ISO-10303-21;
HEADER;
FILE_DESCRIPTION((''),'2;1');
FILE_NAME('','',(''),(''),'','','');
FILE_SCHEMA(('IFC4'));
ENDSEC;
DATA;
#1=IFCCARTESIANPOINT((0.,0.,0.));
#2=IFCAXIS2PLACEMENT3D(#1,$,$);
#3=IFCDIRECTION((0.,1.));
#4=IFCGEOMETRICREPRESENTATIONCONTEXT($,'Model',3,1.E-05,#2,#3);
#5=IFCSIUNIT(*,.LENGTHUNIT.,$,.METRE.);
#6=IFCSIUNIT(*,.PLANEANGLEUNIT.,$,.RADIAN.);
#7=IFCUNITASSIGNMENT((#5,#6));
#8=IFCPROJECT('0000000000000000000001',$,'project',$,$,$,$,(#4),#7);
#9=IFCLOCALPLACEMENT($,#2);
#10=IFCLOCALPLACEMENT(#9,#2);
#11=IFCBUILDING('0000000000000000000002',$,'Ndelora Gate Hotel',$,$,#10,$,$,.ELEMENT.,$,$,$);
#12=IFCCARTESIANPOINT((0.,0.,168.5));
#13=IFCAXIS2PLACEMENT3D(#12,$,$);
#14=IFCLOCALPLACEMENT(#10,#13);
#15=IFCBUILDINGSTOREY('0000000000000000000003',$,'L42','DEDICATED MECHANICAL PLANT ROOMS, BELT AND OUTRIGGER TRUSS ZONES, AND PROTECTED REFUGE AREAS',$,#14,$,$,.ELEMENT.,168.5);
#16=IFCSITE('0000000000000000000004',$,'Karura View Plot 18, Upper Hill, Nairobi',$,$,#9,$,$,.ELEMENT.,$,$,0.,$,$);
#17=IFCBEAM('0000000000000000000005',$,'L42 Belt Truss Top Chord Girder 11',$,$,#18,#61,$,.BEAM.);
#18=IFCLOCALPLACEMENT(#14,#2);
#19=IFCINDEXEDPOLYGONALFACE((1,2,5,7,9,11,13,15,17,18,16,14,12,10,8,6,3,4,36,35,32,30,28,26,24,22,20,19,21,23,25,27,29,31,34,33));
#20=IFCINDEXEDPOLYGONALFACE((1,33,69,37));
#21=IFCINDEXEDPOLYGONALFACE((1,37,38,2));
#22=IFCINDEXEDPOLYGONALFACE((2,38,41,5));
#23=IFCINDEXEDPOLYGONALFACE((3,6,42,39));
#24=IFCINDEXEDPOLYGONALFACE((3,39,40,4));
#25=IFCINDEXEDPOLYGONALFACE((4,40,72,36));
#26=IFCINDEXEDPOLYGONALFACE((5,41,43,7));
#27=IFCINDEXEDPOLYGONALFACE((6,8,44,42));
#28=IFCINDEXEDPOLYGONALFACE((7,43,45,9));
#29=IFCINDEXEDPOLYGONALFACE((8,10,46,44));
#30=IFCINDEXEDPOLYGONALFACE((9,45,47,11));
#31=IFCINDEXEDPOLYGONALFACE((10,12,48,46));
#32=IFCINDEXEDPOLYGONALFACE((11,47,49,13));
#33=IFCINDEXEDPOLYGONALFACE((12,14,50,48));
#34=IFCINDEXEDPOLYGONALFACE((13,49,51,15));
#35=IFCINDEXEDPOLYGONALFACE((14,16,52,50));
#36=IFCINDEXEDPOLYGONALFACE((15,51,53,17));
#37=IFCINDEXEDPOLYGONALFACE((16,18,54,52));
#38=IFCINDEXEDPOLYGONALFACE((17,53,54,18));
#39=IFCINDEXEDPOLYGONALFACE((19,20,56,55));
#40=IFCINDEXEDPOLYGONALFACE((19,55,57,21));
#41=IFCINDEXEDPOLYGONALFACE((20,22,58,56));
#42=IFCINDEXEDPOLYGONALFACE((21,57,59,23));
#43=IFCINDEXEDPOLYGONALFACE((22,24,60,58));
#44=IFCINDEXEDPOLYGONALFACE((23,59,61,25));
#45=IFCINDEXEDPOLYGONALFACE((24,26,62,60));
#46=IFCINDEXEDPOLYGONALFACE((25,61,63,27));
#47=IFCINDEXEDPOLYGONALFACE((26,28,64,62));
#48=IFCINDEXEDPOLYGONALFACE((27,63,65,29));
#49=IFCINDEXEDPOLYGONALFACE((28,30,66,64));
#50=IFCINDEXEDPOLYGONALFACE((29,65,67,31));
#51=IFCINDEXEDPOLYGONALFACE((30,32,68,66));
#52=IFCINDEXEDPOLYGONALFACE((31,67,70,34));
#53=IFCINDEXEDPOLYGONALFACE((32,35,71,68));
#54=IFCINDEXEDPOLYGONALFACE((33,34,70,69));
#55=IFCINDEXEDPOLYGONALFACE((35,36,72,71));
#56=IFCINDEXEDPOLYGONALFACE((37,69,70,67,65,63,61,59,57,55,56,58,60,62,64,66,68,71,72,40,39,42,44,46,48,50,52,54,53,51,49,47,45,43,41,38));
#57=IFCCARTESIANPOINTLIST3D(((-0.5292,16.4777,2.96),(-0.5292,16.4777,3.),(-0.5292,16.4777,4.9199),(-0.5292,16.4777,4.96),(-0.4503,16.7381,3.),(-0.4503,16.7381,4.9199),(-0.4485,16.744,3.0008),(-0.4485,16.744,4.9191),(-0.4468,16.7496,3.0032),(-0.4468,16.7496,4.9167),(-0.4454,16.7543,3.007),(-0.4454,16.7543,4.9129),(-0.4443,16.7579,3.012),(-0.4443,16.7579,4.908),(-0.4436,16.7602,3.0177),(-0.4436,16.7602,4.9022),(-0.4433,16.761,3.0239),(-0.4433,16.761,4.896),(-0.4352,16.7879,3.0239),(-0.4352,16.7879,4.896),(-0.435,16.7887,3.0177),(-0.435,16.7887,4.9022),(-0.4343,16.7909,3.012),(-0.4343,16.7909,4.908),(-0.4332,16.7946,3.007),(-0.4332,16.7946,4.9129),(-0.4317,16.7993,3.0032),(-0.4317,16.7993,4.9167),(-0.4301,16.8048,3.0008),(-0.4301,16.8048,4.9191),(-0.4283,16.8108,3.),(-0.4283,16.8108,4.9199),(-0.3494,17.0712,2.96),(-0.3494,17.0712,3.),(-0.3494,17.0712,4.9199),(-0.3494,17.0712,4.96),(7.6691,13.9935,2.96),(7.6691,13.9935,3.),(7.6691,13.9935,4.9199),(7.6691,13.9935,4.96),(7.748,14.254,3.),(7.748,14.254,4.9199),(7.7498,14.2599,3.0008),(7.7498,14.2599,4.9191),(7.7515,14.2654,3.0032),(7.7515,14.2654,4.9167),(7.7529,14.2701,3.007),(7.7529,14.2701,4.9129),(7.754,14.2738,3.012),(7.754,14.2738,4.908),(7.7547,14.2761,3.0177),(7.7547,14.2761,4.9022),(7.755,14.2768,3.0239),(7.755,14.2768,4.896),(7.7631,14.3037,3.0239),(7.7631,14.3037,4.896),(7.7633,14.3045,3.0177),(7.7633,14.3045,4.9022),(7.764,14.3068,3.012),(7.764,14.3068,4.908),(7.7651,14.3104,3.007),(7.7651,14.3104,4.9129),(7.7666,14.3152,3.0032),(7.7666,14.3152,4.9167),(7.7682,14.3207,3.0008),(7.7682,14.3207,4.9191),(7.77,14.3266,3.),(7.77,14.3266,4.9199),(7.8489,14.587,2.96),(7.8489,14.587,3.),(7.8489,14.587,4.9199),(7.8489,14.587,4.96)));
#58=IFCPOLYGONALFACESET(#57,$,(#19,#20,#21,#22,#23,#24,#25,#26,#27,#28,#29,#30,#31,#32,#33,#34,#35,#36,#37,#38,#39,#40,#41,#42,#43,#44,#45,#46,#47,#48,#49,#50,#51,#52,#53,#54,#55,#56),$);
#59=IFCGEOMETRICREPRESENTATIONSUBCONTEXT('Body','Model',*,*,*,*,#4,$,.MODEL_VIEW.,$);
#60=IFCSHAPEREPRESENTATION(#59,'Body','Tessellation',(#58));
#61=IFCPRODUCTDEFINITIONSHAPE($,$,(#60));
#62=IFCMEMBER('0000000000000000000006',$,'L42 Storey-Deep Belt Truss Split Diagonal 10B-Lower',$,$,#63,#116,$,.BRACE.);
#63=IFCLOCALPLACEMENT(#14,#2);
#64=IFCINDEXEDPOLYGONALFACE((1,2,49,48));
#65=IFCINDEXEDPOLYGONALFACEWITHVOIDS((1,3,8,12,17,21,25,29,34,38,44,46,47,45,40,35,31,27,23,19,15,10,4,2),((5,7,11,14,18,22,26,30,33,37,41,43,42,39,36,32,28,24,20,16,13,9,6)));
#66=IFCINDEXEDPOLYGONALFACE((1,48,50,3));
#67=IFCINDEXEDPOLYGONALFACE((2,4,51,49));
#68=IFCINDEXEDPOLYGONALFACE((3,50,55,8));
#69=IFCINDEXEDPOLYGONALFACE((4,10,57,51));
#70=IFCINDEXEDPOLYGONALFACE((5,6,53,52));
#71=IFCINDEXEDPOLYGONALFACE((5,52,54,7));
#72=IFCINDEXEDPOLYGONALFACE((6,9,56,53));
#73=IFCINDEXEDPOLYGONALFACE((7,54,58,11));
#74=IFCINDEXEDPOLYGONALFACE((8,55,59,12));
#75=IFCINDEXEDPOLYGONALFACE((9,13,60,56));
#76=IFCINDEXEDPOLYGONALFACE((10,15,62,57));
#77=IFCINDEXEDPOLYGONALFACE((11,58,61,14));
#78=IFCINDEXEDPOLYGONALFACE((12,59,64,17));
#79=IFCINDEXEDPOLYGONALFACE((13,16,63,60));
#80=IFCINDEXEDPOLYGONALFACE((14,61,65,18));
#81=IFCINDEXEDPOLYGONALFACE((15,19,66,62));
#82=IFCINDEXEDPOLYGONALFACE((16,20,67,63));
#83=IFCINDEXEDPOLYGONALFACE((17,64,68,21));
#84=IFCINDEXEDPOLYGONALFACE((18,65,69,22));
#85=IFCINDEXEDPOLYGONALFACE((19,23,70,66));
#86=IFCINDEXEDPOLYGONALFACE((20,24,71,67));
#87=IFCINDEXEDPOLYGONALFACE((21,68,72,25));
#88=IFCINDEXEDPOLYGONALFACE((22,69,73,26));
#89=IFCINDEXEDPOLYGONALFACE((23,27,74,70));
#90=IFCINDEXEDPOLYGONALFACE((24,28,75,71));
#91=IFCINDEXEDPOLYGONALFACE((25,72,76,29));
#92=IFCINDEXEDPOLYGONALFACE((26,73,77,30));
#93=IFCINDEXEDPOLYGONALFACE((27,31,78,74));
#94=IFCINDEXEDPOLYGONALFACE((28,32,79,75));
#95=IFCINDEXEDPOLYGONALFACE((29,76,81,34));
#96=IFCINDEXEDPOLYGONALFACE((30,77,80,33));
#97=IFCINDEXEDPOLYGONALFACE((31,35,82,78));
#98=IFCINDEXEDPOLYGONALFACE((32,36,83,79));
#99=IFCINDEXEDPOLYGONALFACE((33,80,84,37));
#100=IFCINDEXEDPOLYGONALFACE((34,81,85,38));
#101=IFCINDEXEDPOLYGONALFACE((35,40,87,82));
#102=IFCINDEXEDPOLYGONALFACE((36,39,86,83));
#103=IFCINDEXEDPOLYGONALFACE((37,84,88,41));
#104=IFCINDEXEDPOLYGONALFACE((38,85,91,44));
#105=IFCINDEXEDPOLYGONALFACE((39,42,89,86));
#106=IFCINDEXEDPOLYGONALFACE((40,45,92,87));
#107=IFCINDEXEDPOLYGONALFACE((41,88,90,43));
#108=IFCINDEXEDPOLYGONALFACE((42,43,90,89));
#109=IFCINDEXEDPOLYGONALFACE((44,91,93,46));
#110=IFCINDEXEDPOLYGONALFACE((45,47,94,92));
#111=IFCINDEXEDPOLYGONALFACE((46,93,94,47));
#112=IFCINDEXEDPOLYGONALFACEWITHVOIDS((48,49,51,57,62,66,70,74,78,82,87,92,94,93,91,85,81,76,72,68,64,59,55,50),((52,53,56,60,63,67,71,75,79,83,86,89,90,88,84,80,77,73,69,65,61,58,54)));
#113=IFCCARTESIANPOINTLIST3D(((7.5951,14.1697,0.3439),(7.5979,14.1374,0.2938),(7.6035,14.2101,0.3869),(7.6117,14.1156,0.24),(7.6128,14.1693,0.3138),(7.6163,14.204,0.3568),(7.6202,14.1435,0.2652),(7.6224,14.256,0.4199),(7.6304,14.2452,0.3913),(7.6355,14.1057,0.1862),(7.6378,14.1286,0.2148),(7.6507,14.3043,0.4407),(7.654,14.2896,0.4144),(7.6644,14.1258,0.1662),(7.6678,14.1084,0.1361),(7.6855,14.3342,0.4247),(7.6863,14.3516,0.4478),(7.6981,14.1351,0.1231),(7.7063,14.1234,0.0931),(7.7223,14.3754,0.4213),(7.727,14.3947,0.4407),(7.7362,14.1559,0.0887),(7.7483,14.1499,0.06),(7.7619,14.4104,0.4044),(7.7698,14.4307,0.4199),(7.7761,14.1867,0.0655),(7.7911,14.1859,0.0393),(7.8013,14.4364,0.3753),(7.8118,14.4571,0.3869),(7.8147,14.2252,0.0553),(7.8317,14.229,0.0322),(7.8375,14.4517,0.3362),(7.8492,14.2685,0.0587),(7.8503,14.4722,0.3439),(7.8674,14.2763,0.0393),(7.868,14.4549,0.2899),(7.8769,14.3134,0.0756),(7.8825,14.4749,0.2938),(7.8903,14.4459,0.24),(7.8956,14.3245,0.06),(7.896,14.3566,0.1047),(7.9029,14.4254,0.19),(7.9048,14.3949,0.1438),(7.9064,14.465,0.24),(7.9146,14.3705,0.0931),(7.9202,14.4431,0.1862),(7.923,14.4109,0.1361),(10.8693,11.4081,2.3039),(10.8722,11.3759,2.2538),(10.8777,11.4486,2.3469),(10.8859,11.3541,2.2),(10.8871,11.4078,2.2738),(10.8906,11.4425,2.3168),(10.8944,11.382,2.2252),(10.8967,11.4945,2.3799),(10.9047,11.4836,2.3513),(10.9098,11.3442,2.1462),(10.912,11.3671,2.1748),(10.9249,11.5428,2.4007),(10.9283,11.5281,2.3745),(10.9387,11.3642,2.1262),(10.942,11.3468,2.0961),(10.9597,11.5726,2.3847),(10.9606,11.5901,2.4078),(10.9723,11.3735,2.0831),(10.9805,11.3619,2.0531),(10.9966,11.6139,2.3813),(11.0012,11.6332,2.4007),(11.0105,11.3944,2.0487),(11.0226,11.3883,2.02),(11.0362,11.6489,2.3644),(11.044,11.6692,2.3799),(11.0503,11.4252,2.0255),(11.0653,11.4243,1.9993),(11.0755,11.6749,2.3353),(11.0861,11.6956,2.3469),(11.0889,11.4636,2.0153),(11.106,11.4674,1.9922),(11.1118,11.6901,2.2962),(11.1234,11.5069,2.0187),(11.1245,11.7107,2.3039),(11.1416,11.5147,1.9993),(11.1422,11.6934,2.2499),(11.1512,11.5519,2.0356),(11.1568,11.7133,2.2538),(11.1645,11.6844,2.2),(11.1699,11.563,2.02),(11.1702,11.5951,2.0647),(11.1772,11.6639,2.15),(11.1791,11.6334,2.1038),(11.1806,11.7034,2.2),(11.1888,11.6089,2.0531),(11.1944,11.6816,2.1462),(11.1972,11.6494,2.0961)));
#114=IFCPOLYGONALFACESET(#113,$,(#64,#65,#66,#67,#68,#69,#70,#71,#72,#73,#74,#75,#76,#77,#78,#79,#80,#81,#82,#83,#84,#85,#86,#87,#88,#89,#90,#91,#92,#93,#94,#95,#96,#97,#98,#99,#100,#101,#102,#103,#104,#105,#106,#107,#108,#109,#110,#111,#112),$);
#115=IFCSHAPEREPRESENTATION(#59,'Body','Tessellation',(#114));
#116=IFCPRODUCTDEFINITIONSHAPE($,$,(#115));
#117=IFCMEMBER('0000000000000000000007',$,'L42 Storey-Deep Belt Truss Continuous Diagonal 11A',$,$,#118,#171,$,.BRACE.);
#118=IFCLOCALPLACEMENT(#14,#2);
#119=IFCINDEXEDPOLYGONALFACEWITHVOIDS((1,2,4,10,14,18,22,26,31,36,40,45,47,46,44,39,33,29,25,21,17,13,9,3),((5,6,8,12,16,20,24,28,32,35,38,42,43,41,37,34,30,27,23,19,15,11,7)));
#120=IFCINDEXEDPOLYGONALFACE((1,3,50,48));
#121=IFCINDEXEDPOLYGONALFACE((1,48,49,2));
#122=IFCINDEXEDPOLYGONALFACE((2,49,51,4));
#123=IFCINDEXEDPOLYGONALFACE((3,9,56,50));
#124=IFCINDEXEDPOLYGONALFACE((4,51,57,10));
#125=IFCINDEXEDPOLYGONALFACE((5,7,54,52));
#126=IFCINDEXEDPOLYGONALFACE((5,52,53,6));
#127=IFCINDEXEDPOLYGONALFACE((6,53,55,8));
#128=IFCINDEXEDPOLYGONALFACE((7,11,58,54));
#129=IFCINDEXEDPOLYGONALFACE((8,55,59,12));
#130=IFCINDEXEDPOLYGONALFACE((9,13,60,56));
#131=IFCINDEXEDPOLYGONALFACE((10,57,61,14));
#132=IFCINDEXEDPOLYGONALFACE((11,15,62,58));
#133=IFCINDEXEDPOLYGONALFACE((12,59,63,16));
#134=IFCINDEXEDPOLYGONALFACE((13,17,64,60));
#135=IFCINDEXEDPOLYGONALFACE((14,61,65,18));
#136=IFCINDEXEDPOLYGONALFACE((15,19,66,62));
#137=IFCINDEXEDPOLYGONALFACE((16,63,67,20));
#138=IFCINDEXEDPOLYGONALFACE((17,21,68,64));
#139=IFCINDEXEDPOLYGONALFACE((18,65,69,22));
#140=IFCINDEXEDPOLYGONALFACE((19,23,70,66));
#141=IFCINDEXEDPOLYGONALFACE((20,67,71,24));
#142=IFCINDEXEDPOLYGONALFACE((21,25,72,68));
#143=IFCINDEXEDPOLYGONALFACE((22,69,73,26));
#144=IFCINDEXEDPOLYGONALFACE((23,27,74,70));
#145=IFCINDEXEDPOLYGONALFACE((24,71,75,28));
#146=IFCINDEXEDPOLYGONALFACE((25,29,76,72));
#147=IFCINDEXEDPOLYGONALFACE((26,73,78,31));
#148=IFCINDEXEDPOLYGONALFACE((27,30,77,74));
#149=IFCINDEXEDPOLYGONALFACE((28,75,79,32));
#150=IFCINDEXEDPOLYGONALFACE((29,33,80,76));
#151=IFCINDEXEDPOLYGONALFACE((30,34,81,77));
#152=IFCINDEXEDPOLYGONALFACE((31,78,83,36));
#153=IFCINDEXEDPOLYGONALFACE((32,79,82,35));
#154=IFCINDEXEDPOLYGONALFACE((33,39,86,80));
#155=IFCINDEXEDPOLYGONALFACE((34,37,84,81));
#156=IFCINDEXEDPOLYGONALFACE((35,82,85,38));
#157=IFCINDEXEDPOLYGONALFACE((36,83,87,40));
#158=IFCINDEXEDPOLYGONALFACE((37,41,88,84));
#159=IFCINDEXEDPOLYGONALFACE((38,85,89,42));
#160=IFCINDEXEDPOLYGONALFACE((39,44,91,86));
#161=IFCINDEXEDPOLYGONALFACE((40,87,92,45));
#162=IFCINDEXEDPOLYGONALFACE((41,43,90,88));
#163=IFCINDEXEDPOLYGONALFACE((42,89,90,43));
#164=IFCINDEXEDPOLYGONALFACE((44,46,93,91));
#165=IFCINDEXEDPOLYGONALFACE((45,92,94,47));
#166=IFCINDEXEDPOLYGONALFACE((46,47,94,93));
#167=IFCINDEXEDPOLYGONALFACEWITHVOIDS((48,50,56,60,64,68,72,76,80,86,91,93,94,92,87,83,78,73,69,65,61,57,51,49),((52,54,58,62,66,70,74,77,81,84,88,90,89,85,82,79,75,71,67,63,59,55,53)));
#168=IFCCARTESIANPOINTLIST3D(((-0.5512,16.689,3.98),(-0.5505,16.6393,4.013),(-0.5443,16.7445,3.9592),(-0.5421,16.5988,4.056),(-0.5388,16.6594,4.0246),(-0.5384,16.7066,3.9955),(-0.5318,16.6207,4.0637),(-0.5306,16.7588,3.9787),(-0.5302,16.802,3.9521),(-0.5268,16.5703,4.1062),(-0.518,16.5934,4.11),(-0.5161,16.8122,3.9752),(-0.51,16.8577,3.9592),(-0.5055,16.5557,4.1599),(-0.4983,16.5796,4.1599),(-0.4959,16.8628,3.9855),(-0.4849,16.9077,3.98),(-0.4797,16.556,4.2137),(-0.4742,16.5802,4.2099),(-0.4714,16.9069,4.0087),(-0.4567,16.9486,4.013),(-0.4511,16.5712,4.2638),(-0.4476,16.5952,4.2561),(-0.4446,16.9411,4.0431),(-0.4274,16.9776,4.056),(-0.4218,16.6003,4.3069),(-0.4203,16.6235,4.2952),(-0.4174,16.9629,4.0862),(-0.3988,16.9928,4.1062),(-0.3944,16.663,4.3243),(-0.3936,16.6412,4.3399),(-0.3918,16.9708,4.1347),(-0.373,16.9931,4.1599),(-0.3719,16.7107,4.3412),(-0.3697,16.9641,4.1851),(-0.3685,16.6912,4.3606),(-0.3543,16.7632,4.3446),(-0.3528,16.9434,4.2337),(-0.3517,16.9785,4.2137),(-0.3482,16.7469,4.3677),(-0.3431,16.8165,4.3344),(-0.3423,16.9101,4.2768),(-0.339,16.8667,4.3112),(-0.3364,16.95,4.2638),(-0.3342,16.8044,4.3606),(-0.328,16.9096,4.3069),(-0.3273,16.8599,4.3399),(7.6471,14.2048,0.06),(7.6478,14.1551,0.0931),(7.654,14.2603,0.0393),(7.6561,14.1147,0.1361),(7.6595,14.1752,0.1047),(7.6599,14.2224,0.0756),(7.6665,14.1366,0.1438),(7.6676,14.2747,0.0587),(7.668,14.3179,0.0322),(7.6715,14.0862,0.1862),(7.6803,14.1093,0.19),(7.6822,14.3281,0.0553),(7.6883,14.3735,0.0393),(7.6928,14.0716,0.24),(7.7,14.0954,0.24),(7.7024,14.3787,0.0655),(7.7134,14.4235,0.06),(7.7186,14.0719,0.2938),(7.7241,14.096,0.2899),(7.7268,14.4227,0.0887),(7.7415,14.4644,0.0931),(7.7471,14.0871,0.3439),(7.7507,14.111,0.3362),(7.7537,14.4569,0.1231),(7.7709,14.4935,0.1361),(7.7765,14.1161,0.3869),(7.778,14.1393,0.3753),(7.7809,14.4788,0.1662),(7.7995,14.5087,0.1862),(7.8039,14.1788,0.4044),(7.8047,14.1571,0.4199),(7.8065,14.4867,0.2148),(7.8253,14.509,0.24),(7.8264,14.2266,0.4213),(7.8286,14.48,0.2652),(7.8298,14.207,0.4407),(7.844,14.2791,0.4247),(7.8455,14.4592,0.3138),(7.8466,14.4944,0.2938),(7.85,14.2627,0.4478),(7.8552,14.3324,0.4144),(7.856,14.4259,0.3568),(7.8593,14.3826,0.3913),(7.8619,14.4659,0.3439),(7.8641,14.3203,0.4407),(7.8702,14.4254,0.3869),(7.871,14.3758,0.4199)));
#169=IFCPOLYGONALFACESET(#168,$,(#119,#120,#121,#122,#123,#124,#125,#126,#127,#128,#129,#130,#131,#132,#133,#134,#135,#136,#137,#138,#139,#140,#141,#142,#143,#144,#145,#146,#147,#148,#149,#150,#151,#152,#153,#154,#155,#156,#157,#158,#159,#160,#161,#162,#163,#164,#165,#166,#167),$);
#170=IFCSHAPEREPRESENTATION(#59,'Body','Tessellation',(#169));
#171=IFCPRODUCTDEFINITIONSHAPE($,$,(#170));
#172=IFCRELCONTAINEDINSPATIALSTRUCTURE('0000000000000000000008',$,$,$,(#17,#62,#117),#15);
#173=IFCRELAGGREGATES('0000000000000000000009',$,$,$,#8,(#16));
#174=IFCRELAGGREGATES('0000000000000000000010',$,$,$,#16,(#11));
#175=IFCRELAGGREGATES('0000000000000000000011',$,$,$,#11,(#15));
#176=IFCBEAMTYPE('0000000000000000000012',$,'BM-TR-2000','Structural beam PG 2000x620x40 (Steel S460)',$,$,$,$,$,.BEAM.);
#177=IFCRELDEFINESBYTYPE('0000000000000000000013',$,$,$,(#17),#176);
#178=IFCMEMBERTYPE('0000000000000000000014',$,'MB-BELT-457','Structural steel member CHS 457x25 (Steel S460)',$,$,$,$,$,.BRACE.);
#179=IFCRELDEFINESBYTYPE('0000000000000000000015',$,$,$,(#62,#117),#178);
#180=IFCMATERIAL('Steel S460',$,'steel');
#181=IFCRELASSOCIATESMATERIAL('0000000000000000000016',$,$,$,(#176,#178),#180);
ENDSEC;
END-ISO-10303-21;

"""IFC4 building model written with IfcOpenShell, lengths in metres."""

from ifc_helpers import new_model, si_unit, direction, frame, origin, origin_2d, place, context, subcontext, project, spatial, hollow_circle, i_section, extrude, material, material_profile, profile_set, type_object, element, save


model = new_model("IFC4")

# Units and contexts
model_context = context("Model", 3, precision=1e-05, world=origin(), true_north=direction((0.0, 1.0)))
body_context = subcontext(model_context, "Body", "Model", "MODEL_VIEW")
ifc_project = project(units=[si_unit("LENGTHUNIT", "METRE"), si_unit("PLANEANGLEUNIT", "RADIAN")], contexts=[model_context])

# Site, building, storey
site_placement = place(None, origin())
site = spatial("IfcSite", under=ifc_project, at=site_placement, Name="Karura View Plot 18, Upper Hill, Nairobi", CompositionType="ELEMENT", RefElevation=0.0)
building_placement = place(site_placement, origin())
building = spatial("IfcBuilding", under=site, at=building_placement, Name="Ndelora Gate Hotel", CompositionType="ELEMENT")
storey_placement = place(building_placement, frame((0.0, 0.0, 168.5)))
storey = spatial("IfcBuildingStorey", under=building, at=storey_placement, Name="L42", Description="DEDICATED MECHANICAL PLANT ROOMS, BELT AND OUTRIGGER TRUSS ZONES, AND PROTECTED REFUGE AREAS", CompositionType="ELEMENT", Elevation=168.5)

# Beam
ifc_material_1 = material(Name="Steel S460", Category="steel")
ifc_material_profile_1 = material_profile(ifc_material_1, i_section(OverallWidth=0.6201, OverallDepth=2.0, WebThickness=0.0281, FlangeThickness=0.04, FilletRadius=0.0239, at=origin_2d()), Name="PG 2000x620x40")
ifc_profile_set_1 = profile_set([ifc_material_profile_1], Name="Steel S460")
beam_type_1 = type_object("IfcBeamType", Name="BM-TR-2000", Description="Structural beam PG 2000x620x40 (Steel S460)", PredefinedType="BEAM", material=ifc_profile_set_1)
beam_1_placement = place(storey_placement, frame((7.759, 14.2903, 3.96), z_axis=(-0.95703, 0.289988, 0.0), x_axis=(-0.289988, -0.95703, 0.0)))
element("IfcBeam", 1, at=beam_1_placement, inside=storey, type_object=beam_type_1, Name="L42 Belt Truss Top Chord Girder 11", PredefinedType="BEAM", context=body_context, shape_type="SweptSolid", body=[
    extrude(i_section(OverallWidth=0.6201, OverallDepth=2.0, WebThickness=0.0281, FlangeThickness=0.04, FilletRadius=0.0239, at=origin_2d()), origin(), (0.0, 0.0, 1.0), 8.5664),
])

# Members
ifc_material_profile_2 = material_profile(ifc_material_1, hollow_circle(Radius=0.2285, WallThickness=0.0249, at=origin_2d()), Name="CHS 457x25")
ifc_profile_set_2 = profile_set([ifc_material_profile_2], Name="Steel S460")
member_type = type_object("IfcMemberType", Name="MB-BELT-457", Description="Structural steel member CHS 457x25 (Steel S460)", PredefinedType="BRACE", material=ifc_profile_set_2)
member_1_placement = place(storey_placement, frame((7.759, 14.2903, 0.24), z_axis=(0.695102, -0.586257, 0.416097), x_axis=(0.64472, 0.764419, 0.0)))
element("IfcMember", 2, at=member_1_placement, inside=storey, type_object=member_type, Name="L42 Storey-Deep Belt Truss Split Diagonal 10B-Lower", PredefinedType="BRACE", context=body_context, shape_type="SweptSolid", body=[
    extrude(hollow_circle(Radius=0.2285, WallThickness=0.0249, at=origin_2d()), origin(), (0.0, 0.0, 1.0), 4.7104),
])
member_2_placement = place(storey_placement, frame((7.759, 14.2903, 0.24), z_axis=(-0.870245, 0.263691, 0.416101), x_axis=(-0.289988, -0.95703, 0.0)))
element("IfcMember", 3, at=member_2_placement, inside=storey, type_object=member_type, Name="L42 Storey-Deep Belt Truss Continuous Diagonal 11A", PredefinedType="BRACE", context=body_context, shape_type="SweptSolid", body=[
    extrude(hollow_circle(Radius=0.2285, WallThickness=0.0249, at=origin_2d()), origin(), (0.0, 0.0, 1.0), 9.4207),
])

save(model, "model.ifc")
